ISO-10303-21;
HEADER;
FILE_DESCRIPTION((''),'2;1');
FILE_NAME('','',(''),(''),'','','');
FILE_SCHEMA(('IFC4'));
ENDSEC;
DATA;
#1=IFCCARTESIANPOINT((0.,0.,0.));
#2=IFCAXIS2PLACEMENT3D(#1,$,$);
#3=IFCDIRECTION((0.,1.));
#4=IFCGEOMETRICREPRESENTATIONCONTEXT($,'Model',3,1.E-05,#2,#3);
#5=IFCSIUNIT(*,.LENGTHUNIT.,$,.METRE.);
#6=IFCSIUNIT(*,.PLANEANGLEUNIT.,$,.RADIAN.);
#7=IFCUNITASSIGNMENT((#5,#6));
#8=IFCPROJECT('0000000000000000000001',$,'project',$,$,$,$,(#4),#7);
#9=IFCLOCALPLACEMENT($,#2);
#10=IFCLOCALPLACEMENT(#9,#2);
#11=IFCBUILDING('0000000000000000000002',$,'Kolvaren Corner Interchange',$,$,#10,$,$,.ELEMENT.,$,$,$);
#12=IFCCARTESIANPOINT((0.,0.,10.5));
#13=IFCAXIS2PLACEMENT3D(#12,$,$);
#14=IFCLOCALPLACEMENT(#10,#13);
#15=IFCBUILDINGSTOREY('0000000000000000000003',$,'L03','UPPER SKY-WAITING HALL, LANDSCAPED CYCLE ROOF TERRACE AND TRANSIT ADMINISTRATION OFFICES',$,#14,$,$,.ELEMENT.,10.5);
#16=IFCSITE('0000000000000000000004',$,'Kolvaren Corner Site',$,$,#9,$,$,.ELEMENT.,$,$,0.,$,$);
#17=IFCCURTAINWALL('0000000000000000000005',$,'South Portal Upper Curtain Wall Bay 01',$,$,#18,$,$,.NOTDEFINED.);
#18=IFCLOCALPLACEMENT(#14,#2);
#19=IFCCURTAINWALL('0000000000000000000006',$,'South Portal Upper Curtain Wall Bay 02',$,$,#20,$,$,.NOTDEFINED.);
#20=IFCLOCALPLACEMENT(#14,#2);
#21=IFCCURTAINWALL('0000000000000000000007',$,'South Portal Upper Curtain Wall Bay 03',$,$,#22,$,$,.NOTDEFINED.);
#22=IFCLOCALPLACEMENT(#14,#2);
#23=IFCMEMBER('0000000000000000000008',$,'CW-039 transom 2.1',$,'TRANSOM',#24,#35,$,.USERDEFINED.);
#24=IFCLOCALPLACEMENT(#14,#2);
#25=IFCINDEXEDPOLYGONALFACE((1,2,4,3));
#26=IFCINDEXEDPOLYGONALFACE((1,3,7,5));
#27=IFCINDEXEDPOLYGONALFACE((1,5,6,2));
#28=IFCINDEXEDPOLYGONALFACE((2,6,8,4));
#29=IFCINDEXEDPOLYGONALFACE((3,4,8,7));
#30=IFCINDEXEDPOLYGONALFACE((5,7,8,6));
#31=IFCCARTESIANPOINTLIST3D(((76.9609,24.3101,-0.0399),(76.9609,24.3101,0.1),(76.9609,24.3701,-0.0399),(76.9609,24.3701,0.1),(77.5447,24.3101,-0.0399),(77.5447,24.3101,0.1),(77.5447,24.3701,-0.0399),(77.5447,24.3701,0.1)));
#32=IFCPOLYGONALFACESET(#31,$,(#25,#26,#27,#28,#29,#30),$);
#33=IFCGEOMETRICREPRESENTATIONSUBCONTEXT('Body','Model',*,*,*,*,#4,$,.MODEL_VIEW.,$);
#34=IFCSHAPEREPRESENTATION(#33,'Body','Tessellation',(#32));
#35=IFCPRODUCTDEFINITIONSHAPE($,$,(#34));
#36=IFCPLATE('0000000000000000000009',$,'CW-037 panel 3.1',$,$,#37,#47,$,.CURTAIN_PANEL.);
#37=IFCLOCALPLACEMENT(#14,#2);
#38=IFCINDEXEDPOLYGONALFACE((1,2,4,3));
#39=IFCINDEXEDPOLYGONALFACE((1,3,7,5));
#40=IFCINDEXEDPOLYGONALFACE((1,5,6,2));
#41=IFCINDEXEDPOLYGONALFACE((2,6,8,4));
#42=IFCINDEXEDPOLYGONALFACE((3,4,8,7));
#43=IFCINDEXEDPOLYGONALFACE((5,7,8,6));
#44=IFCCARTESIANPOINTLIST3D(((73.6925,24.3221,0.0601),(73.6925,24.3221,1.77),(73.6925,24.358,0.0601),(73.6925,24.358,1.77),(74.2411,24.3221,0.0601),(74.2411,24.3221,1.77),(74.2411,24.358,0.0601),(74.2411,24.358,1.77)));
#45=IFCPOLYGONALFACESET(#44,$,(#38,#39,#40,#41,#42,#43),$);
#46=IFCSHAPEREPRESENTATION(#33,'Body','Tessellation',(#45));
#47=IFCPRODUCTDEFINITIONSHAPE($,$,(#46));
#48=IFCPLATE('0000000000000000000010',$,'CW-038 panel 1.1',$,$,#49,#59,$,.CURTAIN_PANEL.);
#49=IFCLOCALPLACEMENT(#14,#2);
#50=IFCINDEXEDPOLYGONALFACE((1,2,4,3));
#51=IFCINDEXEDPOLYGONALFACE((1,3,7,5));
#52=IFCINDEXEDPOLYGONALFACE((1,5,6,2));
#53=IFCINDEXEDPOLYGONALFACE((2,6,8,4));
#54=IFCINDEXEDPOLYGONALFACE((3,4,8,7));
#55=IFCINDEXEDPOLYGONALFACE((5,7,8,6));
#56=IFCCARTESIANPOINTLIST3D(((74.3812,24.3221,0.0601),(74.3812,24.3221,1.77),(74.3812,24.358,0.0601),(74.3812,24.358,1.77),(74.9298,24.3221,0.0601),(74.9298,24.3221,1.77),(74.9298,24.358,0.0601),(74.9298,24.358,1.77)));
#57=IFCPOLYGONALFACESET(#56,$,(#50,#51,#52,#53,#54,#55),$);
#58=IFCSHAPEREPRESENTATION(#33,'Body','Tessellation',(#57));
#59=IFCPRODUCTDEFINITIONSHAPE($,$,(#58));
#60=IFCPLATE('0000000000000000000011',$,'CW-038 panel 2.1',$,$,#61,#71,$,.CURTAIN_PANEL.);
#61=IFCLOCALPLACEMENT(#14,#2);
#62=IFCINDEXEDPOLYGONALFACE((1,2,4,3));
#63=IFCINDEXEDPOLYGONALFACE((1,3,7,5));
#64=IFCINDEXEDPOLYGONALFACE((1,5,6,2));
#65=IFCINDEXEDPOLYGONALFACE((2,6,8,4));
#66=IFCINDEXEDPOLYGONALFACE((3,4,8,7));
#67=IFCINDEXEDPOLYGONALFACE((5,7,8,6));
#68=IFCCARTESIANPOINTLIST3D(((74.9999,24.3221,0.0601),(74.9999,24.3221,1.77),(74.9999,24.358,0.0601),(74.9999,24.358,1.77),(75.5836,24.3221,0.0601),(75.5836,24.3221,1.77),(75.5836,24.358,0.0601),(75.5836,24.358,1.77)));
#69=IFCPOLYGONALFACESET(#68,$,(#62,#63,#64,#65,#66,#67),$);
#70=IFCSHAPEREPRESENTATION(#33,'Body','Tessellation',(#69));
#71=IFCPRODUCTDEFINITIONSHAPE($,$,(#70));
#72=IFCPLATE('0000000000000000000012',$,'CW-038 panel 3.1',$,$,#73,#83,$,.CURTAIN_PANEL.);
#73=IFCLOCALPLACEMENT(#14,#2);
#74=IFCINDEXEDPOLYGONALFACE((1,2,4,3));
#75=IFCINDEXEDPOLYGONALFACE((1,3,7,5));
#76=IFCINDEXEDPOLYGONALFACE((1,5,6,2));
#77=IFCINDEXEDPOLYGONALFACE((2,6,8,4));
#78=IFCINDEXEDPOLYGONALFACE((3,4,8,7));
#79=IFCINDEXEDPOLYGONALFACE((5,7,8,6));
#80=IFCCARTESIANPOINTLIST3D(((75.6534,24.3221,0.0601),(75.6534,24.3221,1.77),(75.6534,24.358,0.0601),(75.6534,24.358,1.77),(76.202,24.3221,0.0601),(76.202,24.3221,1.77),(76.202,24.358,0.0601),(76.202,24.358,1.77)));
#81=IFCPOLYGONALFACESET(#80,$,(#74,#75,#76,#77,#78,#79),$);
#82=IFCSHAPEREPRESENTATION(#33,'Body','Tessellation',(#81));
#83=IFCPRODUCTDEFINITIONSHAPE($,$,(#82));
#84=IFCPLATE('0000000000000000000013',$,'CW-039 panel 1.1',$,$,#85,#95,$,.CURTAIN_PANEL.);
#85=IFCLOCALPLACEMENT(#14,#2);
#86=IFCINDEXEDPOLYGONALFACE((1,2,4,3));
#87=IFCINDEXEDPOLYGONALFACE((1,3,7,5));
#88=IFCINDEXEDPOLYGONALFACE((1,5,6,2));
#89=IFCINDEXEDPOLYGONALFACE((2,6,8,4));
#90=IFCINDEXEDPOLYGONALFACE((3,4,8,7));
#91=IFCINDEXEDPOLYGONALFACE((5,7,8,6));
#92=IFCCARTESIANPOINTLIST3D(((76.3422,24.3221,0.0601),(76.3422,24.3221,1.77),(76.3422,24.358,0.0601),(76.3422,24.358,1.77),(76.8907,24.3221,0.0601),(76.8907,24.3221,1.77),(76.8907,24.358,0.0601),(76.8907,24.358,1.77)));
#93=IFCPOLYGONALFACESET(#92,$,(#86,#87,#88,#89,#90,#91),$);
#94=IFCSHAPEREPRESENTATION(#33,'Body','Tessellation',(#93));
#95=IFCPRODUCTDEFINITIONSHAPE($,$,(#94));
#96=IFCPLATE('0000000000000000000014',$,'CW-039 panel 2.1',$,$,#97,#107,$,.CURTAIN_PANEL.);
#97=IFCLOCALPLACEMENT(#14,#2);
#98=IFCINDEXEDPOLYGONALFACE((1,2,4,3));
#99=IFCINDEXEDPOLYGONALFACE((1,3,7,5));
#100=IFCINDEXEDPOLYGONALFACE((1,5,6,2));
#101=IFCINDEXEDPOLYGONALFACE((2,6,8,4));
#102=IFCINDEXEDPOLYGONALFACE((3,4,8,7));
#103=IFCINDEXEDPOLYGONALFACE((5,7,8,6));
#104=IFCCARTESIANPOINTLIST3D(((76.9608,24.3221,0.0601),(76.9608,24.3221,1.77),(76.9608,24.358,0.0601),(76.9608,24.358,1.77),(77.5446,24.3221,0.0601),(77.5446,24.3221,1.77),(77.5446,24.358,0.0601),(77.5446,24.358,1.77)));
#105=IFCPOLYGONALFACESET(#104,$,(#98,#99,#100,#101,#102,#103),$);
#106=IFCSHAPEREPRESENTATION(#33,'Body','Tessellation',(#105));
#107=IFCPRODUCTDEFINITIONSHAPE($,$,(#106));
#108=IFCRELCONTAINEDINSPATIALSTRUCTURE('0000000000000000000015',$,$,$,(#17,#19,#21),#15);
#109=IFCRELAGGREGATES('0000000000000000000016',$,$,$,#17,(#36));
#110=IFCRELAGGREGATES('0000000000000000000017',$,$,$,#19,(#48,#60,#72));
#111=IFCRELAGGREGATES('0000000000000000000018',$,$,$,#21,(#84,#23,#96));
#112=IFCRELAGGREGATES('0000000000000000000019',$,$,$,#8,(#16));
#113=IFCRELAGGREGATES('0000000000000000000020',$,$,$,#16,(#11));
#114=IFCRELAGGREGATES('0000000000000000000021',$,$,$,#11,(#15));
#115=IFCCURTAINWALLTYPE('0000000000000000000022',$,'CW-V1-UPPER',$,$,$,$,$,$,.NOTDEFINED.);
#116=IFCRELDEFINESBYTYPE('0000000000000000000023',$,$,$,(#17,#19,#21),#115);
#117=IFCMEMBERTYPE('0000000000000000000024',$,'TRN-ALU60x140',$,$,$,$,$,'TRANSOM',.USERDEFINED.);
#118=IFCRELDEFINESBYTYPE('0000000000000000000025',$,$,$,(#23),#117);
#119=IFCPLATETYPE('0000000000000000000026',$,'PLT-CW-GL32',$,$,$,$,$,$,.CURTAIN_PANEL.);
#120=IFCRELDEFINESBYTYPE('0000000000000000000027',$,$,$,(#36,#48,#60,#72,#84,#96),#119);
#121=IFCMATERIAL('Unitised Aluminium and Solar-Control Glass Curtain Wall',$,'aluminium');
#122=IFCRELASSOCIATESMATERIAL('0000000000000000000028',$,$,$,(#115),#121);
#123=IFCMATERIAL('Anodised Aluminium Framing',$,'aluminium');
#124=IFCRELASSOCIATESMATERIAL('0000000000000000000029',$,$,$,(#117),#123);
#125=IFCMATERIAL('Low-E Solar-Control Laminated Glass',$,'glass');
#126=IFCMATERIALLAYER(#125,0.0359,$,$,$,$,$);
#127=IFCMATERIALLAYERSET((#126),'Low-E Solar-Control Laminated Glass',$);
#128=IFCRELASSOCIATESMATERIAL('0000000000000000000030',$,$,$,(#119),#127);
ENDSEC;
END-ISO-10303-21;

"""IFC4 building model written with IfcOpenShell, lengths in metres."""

from ifc_helpers import new_model, si_unit, direction, frame, origin, origin_2d, place, context, subcontext, project, spatial, rectangle, extrude, material, layer, layer_set, material_profile, profile_set, type_object, element, aggregate, save


model = new_model("IFC4")

# Units and contexts
model_context = context("Model", 3, precision=1e-05, world=origin(), true_north=direction((0.0, 1.0)))
body_context = subcontext(model_context, "Body", "Model", "MODEL_VIEW")
ifc_project = project(units=[si_unit("LENGTHUNIT", "METRE"), si_unit("PLANEANGLEUNIT", "RADIAN")], contexts=[model_context])

# Site, building, storey
site_placement = place(None, origin())
site = spatial("IfcSite", under=ifc_project, at=site_placement, Name="Kolvaren Corner Site", CompositionType="ELEMENT", RefElevation=0.0)
building_placement = place(site_placement, origin())
building = spatial("IfcBuilding", under=site, at=building_placement, Name="Kolvaren Corner Interchange", CompositionType="ELEMENT")
storey_placement = place(building_placement, frame((0.0, 0.0, 10.5)))
storey = spatial("IfcBuildingStorey", under=building, at=storey_placement, Name="L03", Description="UPPER SKY-WAITING HALL, LANDSCAPED CYCLE ROOF TERRACE AND TRANSIT ADMINISTRATION OFFICES", CompositionType="ELEMENT", Elevation=10.5)

# Curtain wall
ifc_material_1 = material(Name="Unitised Aluminium and Solar-Control Glass Curtain Wall", Category="aluminium")
curtain_wall_type = type_object("IfcCurtainWallType", Name="CW-V1-UPPER", PredefinedType="NOTDEFINED", material=ifc_material_1)
curtain_wall_1_placement = place(storey_placement, origin())
curtain_wall_1 = element("IfcCurtainWall", 1, at=curtain_wall_1_placement, inside=storey, type_object=curtain_wall_type, Name="South Portal Upper Curtain Wall Bay 01", PredefinedType="NOTDEFINED")

# Curtain walls
curtain_wall_2_placement = place(storey_placement, origin())
curtain_wall_2 = element("IfcCurtainWall", 2, at=curtain_wall_2_placement, inside=storey, type_object=curtain_wall_type, Name="South Portal Upper Curtain Wall Bay 02", PredefinedType="NOTDEFINED")
curtain_wall_3_placement = place(storey_placement, origin())
curtain_wall_3 = element("IfcCurtainWall", 3, at=curtain_wall_3_placement, inside=storey, type_object=curtain_wall_type, Name="South Portal Upper Curtain Wall Bay 03", PredefinedType="NOTDEFINED")

# Member
ifc_material_2 = material(Name="Anodised Aluminium Framing", Category="aluminium")
ifc_material_profile_1 = material_profile(ifc_material_2, rectangle(XDim=0.0601, YDim=0.1399, at=origin_2d()), Name="ALU 60x140")
ifc_profile_set_1 = profile_set([ifc_material_profile_1], Name="Anodised Aluminium Framing")
member_type_1 = type_object("IfcMemberType", Name="TRN-ALU60x140", ElementType="TRANSOM", PredefinedType="USERDEFINED", material=ifc_profile_set_1)
member_1_placement = place(storey_placement, frame((76.9609, 24.3401, 0.03), z_axis=(1.0, 0.0, 0.0), x_axis=(0.0, 1.0, 0.0)))
member_1 = element("IfcMember", 4, at=member_1_placement, type_object=member_type_1, Name="CW-039 transom 2.1", ObjectType="TRANSOM", PredefinedType="USERDEFINED", context=body_context, shape_type="SweptSolid", body=[
    extrude(rectangle(XDim=0.0601, YDim=0.1399, at=origin_2d()), origin(), (0.0, 0.0, 1.0), 0.5837),
])

# Plates
ifc_material_3 = material(Name="Low-E Solar-Control Laminated Glass", Category="glass")
ifc_layer = layer(ifc_material_3, 0.0359)
ifc_layer_set = layer_set([ifc_layer], Name="Low-E Solar-Control Laminated Glass")
plate_type = type_object("IfcPlateType", Name="PLT-CW-GL32", PredefinedType="CURTAIN_PANEL", material=ifc_layer_set)
plate_1_placement = place(storey_placement, frame((73.9668, 24.3401, 0.0601), z_axis=(0.0, 0.0, 1.0), x_axis=(1.0, 0.0, 0.0)))
plate_1 = element("IfcPlate", 5, at=plate_1_placement, type_object=plate_type, Name="CW-037 panel 3.1", PredefinedType="CURTAIN_PANEL", context=body_context, shape_type="SweptSolid", body=[
    extrude(rectangle(XDim=0.5486, YDim=0.0359, at=origin_2d()), origin(), (0.0, 0.0, 1.0), 1.71),
])
aggregate(curtain_wall_1, [plate_1])
plate_2_placement = place(storey_placement, frame((74.6555, 24.3401, 0.0601), z_axis=(0.0, 0.0, 1.0), x_axis=(1.0, 0.0, 0.0)))
plate_2 = element("IfcPlate", 6, at=plate_2_placement, type_object=plate_type, Name="CW-038 panel 1.1", PredefinedType="CURTAIN_PANEL", context=body_context, shape_type="SweptSolid", body=[
    extrude(rectangle(XDim=0.5486, YDim=0.0359, at=origin_2d()), origin(), (0.0, 0.0, 1.0), 1.71),
])
plate_3_placement = place(storey_placement, frame((75.2917, 24.3401, 0.0601), z_axis=(0.0, 0.0, 1.0), x_axis=(1.0, 0.0, 0.0)))
plate_3 = element("IfcPlate", 7, at=plate_3_placement, type_object=plate_type, Name="CW-038 panel 2.1", PredefinedType="CURTAIN_PANEL", context=body_context, shape_type="SweptSolid", body=[
    extrude(rectangle(XDim=0.5837, YDim=0.0359, at=origin_2d()), origin(), (0.0, 0.0, 1.0), 1.71),
])
plate_4_placement = place(storey_placement, frame((75.9277, 24.3401, 0.0601), z_axis=(0.0, 0.0, 1.0), x_axis=(1.0, 0.0, 0.0)))
plate_4 = element("IfcPlate", 8, at=plate_4_placement, type_object=plate_type, Name="CW-038 panel 3.1", PredefinedType="CURTAIN_PANEL", context=body_context, shape_type="SweptSolid", body=[
    extrude(rectangle(XDim=0.5486, YDim=0.0359, at=origin_2d()), origin(), (0.0, 0.0, 1.0), 1.71),
])
aggregate(curtain_wall_2, [plate_2, plate_3, plate_4])
plate_5_placement = place(storey_placement, frame((76.6165, 24.3401, 0.0601), z_axis=(0.0, 0.0, 1.0), x_axis=(1.0, 0.0, 0.0)))
plate_5 = element("IfcPlate", 9, at=plate_5_placement, type_object=plate_type, Name="CW-039 panel 1.1", PredefinedType="CURTAIN_PANEL", context=body_context, shape_type="SweptSolid", body=[
    extrude(rectangle(XDim=0.5486, YDim=0.0359, at=origin_2d()), origin(), (0.0, 0.0, 1.0), 1.71),
])
plate_6_placement = place(storey_placement, frame((77.2527, 24.3401, 0.0601), z_axis=(0.0, 0.0, 1.0), x_axis=(1.0, 0.0, 0.0)))
plate_6 = element("IfcPlate", 10, at=plate_6_placement, type_object=plate_type, Name="CW-039 panel 2.1", PredefinedType="CURTAIN_PANEL", context=body_context, shape_type="SweptSolid", body=[
    extrude(rectangle(XDim=0.5837, YDim=0.0359, at=origin_2d()), origin(), (0.0, 0.0, 1.0), 1.71),
])
aggregate(curtain_wall_3, [plate_5, member_1, plate_6])

save(model, "model.ifc")
